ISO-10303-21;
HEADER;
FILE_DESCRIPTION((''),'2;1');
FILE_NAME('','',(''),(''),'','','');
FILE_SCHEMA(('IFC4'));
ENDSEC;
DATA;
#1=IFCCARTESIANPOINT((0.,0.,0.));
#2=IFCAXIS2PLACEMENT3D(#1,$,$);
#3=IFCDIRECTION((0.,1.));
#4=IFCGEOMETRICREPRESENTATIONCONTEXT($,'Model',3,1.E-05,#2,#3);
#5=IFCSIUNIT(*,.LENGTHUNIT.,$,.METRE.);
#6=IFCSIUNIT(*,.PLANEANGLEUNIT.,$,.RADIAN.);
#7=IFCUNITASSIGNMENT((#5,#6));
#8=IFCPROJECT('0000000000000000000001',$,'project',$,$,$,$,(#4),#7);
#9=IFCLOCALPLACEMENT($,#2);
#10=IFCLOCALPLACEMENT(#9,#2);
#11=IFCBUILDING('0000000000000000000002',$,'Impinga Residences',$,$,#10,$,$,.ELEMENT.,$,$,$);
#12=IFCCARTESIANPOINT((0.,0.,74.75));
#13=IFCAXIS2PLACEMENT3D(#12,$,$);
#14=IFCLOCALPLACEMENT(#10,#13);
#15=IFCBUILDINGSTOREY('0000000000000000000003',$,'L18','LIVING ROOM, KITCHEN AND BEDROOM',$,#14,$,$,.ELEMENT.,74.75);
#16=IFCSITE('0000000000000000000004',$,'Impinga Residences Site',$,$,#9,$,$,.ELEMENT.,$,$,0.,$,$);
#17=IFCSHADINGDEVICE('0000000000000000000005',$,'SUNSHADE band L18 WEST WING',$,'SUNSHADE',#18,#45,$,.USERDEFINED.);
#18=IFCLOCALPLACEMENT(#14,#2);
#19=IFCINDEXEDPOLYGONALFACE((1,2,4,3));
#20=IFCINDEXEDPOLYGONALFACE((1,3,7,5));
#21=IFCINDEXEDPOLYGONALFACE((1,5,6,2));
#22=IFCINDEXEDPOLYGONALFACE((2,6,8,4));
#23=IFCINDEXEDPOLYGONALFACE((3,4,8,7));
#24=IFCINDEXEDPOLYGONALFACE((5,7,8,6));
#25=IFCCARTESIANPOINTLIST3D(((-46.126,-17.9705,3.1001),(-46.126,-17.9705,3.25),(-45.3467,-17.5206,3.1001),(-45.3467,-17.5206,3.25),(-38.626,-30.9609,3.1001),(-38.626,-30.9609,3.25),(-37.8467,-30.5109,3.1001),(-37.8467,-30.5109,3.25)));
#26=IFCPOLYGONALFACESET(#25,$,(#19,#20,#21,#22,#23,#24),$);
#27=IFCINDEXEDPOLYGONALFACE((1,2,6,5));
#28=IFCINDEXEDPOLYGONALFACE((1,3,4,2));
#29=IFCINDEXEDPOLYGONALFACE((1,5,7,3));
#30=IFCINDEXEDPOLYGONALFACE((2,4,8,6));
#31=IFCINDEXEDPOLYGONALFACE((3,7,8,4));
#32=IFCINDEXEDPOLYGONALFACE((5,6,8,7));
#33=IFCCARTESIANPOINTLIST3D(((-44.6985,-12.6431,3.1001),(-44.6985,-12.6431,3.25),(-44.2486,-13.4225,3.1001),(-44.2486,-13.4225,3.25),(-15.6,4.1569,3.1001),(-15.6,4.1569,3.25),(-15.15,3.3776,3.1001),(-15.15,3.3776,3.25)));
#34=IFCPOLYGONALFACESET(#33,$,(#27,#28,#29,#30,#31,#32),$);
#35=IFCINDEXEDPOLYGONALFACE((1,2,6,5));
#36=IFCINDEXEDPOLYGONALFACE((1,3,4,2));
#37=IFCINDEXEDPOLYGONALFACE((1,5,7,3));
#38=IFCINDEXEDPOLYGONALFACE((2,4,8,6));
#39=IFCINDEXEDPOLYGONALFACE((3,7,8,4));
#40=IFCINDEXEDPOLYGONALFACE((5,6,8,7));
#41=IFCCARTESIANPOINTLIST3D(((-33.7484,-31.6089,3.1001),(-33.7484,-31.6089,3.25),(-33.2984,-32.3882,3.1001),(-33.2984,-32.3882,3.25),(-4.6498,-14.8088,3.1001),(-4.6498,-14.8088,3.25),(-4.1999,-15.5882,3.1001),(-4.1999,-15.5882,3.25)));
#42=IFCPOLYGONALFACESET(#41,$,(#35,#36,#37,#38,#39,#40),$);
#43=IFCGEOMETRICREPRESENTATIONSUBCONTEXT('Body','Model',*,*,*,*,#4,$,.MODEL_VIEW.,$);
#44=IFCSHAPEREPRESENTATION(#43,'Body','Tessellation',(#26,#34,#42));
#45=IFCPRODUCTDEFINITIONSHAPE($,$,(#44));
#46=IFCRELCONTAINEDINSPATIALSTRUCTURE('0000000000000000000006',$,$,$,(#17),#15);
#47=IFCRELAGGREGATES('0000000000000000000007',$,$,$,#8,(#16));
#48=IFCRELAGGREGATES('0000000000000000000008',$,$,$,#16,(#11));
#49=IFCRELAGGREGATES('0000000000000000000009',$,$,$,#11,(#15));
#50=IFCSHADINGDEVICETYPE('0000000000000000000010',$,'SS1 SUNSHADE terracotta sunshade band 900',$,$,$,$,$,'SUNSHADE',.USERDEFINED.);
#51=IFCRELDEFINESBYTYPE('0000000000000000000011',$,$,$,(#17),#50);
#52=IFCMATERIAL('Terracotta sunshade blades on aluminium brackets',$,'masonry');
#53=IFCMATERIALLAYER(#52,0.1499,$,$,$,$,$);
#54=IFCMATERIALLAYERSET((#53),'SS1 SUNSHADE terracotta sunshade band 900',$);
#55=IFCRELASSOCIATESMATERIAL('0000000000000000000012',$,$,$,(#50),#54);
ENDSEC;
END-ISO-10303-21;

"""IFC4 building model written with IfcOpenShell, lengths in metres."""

from ifc_helpers import new_model, si_unit, direction, frame, origin, origin_2d, place, context, subcontext, project, spatial, rectangle, extrude, material, layer, layer_set, type_object, element, save


model = new_model("IFC4")

# Units and contexts
model_context = context("Model", 3, precision=1e-05, world=origin(), true_north=direction((0.0, 1.0)))
body_context = subcontext(model_context, "Body", "Model", "MODEL_VIEW")
ifc_project = project(units=[si_unit("LENGTHUNIT", "METRE"), si_unit("PLANEANGLEUNIT", "RADIAN")], contexts=[model_context])

# Site, building, storey
site_placement = place(None, origin())
site = spatial("IfcSite", under=ifc_project, at=site_placement, Name="Impinga Residences Site", CompositionType="ELEMENT", RefElevation=0.0)
building_placement = place(site_placement, origin())
building = spatial("IfcBuilding", under=site, at=building_placement, Name="Impinga Residences", CompositionType="ELEMENT")
storey_placement = place(building_placement, frame((0.0, 0.0, 74.75)))
storey = spatial("IfcBuildingStorey", under=building, at=storey_placement, Name="L18", Description="LIVING ROOM, KITCHEN AND BEDROOM", CompositionType="ELEMENT", Elevation=74.75)

# Shading device
ifc_material_1 = material(Name="Terracotta sunshade blades on aluminium brackets", Category="masonry")
ifc_layer_1 = layer(ifc_material_1, 0.1499)
ifc_layer_set_1 = layer_set([ifc_layer_1], Name="SS1 SUNSHADE terracotta sunshade band 900")
shading_device_type = type_object("IfcShadingDeviceType", Name="SS1 SUNSHADE terracotta sunshade band 900", ElementType="SUNSHADE", PredefinedType="USERDEFINED", material=ifc_layer_set_1)
shading_device_placement = place(storey_placement, frame((-41.9863, -24.2407, 3.1001), z_axis=(0.0, 0.0, 1.0), x_axis=(-0.5, 0.866025, 0.0)))
element("IfcShadingDevice", 1, at=shading_device_placement, inside=storey, type_object=shading_device_type, Name="SUNSHADE band L18 WEST WING", ObjectType="SUNSHADE", PredefinedType="USERDEFINED", context=body_context, shape_type="SweptSolid", body=[
    extrude(rectangle(XDim=15.0, YDim=0.8999, at=origin_2d()), origin(), (0.0, 0.0, 1.0), 0.1499),
    extrude(rectangle(XDim=33.6001, YDim=0.8999, at=origin_2d()), frame((10.95, -20.25, 0.0), z_axis=(0.0, 0.0, 1.0), x_axis=(0.0, -1.0, 0.0)), (0.0, 0.0, 1.0), 0.1499),
    extrude(rectangle(XDim=33.6001, YDim=0.8999, at=origin_2d()), frame((-10.95, -20.2502, 0.0), z_axis=(0.0, 0.0, 1.0), x_axis=(0.0, 1.0, 0.0)), (0.0, 0.0, 1.0), 0.1499),
])

save(model, "model.ifc")
